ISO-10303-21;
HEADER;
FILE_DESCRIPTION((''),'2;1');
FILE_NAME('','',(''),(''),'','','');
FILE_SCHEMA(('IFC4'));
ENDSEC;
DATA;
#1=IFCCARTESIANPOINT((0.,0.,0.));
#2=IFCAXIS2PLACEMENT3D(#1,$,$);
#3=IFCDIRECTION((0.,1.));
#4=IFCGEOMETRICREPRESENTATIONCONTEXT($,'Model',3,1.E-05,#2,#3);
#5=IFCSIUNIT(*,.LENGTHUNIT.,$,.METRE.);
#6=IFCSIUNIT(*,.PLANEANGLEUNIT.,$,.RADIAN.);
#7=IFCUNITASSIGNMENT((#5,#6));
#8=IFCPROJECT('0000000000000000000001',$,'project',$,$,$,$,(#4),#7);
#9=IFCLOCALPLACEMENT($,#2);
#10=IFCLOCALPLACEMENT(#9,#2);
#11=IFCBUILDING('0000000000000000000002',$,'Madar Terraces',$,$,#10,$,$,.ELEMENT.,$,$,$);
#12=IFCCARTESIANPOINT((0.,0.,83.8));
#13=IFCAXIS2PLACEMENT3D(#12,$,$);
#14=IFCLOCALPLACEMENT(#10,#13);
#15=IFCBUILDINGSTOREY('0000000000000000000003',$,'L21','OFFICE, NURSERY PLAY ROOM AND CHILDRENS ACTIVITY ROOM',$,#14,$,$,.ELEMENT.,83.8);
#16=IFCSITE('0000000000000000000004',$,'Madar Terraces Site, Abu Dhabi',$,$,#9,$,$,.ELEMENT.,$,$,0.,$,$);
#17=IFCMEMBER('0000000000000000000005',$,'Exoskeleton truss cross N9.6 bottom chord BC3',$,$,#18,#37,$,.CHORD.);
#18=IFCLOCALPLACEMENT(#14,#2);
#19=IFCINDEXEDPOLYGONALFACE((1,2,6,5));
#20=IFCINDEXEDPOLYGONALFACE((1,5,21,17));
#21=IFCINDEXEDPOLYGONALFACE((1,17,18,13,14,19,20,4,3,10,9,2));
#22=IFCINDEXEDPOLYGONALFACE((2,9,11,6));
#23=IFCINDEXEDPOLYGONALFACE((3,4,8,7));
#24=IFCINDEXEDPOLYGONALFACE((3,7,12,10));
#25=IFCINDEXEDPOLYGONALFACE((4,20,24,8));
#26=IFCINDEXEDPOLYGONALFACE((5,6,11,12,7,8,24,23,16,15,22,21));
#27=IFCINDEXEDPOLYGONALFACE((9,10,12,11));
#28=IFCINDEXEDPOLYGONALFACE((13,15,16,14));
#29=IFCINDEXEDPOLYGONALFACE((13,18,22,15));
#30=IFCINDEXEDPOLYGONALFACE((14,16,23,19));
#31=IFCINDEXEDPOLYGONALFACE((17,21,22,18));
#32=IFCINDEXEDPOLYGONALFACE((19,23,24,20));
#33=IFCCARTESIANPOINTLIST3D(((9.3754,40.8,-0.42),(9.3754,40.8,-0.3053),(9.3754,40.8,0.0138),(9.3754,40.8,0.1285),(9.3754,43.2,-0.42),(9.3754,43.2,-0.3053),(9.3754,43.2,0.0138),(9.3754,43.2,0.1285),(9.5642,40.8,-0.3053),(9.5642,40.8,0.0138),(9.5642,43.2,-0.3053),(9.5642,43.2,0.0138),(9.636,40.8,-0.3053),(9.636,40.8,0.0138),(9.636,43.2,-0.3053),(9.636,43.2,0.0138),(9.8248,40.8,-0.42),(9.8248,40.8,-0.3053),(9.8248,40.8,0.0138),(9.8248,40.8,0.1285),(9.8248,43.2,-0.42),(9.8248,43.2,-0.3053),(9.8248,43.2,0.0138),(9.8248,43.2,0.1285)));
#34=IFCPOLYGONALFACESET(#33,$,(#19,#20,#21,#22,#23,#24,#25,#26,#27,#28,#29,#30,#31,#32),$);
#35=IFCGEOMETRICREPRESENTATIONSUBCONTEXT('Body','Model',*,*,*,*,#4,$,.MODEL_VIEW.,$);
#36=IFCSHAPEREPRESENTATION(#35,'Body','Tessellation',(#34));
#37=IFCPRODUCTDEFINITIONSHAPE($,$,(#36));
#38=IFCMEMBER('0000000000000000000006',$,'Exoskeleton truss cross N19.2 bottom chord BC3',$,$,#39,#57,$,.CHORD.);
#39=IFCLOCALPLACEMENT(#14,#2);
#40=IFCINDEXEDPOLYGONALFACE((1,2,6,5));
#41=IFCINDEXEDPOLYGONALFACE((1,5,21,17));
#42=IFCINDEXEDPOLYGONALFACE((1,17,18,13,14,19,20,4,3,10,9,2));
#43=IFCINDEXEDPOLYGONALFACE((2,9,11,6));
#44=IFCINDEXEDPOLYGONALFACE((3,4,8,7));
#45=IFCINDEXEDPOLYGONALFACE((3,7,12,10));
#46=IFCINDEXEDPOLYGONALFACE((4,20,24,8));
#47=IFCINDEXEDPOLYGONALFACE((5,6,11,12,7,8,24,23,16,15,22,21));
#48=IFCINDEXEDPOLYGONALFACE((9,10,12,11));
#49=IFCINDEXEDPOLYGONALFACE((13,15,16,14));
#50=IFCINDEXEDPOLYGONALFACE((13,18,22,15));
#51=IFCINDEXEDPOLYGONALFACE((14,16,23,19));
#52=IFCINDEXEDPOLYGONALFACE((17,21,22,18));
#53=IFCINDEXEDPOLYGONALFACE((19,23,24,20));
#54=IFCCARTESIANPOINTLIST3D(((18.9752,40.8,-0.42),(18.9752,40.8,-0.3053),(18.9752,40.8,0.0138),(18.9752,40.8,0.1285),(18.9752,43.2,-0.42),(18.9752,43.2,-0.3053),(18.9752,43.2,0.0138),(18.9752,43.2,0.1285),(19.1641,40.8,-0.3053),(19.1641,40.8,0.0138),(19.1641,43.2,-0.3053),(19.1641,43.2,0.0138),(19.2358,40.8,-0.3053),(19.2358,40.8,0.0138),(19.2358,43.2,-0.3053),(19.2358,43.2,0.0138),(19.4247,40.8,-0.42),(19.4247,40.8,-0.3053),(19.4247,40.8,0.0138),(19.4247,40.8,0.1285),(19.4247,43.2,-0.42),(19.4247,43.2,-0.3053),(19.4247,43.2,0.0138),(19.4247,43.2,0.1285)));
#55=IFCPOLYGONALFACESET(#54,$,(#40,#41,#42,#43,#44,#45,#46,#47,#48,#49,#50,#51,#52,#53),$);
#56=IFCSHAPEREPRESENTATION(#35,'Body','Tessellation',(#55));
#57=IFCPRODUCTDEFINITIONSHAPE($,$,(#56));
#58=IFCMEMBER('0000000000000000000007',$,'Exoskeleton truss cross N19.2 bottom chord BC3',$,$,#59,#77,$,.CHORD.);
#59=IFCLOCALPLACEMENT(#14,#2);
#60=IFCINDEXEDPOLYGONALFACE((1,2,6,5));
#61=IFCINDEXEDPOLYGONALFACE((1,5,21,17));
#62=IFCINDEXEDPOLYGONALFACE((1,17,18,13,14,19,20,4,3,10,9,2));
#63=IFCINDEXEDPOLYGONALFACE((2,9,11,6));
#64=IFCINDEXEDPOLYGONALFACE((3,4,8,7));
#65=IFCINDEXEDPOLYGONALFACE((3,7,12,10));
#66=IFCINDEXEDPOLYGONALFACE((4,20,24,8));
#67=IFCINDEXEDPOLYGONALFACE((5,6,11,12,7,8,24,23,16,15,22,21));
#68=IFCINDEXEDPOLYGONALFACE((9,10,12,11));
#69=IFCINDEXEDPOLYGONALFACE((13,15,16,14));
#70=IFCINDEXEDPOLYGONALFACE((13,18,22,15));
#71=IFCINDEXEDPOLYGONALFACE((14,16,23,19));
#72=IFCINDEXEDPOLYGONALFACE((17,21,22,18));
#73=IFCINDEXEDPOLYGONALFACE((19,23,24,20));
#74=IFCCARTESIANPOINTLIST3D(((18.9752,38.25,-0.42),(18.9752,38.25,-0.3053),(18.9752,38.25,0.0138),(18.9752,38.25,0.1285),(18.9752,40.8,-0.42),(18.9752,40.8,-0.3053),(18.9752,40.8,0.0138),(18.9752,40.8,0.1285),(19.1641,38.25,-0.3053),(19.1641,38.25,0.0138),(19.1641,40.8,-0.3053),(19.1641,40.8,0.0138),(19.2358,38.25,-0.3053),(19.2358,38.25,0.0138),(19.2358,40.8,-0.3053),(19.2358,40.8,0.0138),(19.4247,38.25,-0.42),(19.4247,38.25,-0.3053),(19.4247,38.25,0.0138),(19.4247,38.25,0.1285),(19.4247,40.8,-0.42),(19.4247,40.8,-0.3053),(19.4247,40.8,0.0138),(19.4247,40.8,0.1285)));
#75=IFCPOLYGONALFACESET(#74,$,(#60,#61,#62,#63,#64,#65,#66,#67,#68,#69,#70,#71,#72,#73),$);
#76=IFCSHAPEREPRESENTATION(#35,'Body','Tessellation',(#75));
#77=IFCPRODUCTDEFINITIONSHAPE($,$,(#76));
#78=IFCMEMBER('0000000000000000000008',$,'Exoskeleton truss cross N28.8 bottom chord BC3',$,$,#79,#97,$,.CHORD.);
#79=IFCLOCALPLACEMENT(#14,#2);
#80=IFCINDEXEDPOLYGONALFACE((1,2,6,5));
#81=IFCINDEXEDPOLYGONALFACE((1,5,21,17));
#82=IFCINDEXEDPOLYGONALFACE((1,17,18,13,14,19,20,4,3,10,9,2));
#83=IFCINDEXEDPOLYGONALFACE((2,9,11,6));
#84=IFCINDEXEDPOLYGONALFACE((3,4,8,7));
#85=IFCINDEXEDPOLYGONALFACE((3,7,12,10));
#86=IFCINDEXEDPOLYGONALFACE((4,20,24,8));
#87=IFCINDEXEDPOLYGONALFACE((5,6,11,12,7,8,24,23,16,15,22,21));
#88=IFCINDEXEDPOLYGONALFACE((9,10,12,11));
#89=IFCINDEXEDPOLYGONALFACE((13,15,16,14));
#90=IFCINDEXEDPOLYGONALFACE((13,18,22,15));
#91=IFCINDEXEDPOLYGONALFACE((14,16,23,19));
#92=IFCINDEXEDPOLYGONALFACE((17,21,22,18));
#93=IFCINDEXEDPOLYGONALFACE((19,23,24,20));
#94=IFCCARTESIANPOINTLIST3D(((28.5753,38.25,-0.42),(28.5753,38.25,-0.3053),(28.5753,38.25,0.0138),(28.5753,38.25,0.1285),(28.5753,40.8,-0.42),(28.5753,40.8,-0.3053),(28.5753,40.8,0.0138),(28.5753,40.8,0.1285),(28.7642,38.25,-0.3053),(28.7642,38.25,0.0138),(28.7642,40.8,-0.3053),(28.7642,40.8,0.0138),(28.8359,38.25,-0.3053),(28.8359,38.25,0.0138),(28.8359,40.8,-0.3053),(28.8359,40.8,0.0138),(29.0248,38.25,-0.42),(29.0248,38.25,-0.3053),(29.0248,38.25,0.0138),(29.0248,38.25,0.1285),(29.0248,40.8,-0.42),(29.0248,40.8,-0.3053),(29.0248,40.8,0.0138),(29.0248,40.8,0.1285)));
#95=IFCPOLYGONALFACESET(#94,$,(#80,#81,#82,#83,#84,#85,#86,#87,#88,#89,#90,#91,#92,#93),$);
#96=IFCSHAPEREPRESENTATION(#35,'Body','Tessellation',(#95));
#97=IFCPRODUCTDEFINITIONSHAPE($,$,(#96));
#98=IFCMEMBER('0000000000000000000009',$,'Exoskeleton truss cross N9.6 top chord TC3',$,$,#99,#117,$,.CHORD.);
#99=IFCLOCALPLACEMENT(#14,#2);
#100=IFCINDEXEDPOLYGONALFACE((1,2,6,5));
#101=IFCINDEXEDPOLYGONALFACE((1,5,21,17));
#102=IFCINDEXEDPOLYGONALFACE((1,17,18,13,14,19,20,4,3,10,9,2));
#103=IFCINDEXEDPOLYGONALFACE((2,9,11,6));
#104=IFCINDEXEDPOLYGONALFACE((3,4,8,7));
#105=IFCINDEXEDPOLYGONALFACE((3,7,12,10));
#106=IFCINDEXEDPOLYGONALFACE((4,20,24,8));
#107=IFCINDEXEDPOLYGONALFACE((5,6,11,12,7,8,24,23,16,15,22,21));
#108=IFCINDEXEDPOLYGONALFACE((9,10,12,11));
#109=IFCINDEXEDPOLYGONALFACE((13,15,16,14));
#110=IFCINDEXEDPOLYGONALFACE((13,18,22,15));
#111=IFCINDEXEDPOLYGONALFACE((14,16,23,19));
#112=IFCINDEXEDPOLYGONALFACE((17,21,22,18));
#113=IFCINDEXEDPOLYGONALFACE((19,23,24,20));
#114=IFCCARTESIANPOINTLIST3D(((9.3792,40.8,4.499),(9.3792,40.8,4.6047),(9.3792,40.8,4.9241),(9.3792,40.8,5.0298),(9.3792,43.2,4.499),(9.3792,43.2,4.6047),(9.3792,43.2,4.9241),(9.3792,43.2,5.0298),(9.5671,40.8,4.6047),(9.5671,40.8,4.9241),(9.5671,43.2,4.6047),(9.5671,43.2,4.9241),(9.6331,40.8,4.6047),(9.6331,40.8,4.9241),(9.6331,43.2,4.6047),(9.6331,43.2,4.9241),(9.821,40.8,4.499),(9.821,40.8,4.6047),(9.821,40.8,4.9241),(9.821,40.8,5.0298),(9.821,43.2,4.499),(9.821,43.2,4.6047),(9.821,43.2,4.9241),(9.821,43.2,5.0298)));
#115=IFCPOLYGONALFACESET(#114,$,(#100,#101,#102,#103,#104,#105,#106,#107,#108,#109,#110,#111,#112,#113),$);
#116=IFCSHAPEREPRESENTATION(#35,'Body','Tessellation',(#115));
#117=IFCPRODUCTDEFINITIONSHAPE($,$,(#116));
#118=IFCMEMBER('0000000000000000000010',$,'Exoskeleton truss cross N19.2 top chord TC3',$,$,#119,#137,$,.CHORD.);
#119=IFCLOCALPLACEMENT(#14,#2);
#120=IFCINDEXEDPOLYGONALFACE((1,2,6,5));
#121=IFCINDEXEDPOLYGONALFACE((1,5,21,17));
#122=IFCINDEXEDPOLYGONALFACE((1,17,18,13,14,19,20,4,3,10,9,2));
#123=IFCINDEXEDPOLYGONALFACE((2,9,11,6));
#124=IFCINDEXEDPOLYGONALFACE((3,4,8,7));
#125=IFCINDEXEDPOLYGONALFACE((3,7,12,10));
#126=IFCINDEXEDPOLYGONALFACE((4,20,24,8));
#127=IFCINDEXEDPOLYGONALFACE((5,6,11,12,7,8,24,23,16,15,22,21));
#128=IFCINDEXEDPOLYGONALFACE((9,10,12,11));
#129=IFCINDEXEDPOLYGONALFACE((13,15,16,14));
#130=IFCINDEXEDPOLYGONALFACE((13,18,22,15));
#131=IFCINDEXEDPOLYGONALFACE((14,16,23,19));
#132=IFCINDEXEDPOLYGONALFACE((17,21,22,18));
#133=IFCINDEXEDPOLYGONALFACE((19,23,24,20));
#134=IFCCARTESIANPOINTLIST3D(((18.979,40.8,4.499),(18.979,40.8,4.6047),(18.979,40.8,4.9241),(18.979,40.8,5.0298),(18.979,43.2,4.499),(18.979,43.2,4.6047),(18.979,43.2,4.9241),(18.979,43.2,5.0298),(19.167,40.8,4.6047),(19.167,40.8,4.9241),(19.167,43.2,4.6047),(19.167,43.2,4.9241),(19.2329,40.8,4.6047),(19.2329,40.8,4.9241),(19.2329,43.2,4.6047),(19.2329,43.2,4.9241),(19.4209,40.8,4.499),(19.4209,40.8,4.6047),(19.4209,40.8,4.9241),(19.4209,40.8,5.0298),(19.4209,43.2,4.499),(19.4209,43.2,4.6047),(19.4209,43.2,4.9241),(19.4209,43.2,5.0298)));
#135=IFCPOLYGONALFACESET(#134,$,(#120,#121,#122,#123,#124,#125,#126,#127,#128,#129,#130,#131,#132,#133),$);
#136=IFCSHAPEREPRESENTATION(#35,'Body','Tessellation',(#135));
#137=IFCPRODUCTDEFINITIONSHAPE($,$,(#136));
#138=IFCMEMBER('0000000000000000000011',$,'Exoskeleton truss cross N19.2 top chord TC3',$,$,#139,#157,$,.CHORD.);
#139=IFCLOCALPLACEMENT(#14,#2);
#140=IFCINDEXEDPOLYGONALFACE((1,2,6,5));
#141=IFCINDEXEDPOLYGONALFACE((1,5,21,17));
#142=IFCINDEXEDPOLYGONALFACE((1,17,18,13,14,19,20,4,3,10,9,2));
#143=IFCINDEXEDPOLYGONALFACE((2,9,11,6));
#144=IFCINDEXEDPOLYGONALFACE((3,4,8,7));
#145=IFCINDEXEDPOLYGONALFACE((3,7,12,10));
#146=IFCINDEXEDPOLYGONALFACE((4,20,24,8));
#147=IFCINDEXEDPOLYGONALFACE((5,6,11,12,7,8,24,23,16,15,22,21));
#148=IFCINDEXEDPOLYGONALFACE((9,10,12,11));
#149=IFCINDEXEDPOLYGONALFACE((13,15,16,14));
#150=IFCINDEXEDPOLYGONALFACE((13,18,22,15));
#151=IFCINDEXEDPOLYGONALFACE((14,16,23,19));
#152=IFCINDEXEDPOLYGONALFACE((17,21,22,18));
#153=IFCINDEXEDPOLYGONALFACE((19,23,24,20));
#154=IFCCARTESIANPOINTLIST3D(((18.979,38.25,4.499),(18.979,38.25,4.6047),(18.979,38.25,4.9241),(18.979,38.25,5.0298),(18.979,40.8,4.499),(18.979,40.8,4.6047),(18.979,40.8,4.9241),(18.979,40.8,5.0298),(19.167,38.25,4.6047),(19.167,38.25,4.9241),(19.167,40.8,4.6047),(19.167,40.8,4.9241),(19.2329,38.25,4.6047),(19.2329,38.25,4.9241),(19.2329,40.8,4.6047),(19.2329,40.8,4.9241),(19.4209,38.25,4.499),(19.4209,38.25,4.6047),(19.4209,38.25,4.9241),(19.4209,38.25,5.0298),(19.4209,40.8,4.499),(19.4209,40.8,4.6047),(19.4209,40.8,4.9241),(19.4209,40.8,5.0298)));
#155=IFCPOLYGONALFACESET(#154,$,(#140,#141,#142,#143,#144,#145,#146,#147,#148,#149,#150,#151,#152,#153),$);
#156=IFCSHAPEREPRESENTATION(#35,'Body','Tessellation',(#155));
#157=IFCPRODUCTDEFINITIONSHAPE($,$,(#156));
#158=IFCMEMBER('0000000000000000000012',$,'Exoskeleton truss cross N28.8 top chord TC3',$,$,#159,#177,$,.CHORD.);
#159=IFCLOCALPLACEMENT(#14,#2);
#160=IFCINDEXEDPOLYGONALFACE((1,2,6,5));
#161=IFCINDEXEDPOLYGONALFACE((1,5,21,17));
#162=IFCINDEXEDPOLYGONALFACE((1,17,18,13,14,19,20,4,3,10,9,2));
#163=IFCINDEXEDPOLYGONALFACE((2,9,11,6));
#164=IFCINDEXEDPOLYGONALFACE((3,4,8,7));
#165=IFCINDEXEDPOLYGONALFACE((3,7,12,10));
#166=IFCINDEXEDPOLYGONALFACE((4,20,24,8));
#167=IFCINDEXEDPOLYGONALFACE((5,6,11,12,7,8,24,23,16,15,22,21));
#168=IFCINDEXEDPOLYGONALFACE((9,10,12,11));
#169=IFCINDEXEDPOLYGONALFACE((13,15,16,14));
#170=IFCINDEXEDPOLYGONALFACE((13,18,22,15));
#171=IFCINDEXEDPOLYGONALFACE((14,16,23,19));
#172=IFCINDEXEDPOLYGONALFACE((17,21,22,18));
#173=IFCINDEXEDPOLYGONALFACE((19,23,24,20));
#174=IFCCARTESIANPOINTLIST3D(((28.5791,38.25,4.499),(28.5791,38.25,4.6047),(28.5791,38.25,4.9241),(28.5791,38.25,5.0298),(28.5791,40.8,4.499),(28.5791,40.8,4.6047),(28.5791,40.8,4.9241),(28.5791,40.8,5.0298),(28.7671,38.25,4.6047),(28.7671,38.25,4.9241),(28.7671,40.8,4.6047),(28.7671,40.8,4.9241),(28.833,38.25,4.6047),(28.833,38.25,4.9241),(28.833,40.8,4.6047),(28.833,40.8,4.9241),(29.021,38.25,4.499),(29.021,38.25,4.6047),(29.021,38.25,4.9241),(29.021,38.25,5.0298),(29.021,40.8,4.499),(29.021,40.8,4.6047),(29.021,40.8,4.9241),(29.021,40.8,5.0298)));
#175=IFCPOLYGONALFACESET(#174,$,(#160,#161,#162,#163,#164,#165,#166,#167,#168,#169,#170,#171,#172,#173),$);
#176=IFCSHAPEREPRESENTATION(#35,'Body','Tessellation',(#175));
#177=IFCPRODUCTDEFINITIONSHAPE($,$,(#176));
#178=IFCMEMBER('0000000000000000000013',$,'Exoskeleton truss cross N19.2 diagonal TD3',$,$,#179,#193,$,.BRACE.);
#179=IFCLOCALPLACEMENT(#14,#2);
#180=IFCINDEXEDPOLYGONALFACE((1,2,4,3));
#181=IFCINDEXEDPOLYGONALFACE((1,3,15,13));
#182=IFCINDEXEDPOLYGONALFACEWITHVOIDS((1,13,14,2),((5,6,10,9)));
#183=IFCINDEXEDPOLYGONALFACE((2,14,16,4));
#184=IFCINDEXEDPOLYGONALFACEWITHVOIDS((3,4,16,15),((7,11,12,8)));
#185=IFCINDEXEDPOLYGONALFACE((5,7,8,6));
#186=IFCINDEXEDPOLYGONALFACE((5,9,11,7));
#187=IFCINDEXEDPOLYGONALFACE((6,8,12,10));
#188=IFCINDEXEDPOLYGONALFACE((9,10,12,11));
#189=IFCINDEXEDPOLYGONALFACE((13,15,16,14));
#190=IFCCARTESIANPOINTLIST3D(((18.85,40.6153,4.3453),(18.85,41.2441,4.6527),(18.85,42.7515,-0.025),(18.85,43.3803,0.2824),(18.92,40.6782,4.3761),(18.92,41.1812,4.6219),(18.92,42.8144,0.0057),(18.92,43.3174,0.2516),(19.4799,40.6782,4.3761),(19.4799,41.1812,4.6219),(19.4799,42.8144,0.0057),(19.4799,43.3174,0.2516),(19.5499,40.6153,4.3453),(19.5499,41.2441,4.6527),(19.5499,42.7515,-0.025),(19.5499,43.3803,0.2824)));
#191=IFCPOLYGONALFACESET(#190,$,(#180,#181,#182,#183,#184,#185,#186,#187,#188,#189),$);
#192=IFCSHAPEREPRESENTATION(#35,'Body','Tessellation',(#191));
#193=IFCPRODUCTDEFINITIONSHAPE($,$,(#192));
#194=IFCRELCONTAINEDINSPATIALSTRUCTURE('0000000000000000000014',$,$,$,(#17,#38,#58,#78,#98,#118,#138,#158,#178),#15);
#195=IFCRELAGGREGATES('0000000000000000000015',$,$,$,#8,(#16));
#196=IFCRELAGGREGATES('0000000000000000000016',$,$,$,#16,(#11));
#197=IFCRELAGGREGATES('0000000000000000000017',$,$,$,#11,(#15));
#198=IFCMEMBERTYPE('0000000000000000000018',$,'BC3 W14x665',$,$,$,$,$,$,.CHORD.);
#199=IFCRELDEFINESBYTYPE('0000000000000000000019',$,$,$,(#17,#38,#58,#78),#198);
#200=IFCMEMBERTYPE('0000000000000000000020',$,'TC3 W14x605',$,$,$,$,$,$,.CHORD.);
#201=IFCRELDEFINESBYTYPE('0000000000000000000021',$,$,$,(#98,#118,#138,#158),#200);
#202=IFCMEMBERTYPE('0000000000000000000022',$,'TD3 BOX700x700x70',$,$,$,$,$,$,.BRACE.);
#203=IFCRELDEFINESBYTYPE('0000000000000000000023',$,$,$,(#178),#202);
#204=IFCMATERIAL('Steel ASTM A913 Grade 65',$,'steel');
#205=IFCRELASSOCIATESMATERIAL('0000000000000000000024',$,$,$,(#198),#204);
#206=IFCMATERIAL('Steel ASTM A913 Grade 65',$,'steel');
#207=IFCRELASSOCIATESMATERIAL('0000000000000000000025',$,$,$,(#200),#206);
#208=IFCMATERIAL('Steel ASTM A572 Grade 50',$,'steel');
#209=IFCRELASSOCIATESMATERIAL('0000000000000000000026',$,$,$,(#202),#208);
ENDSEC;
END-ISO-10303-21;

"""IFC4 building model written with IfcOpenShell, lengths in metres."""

from ifc_helpers import new_model, si_unit, direction, frame, origin, origin_2d, place, context, subcontext, project, spatial, hollow_rectangle, i_section, extrude, material, material_profile, profile_set, type_object, element, save


model = new_model("IFC4")

# Units and contexts
model_context = context("Model", 3, precision=1e-05, world=origin(), true_north=direction((0.0, 1.0)))
body_context = subcontext(model_context, "Body", "Model", "MODEL_VIEW")
ifc_project = project(units=[si_unit("LENGTHUNIT", "METRE"), si_unit("PLANEANGLEUNIT", "RADIAN")], contexts=[model_context])

# Site, building, storey
site_placement = place(None, origin())
site = spatial("IfcSite", under=ifc_project, at=site_placement, Name="Madar Terraces Site, Abu Dhabi", CompositionType="ELEMENT", RefElevation=0.0)
building_placement = place(site_placement, origin())
building = spatial("IfcBuilding", under=site, at=building_placement, Name="Madar Terraces", CompositionType="ELEMENT")
storey_placement = place(building_placement, frame((0.0, 0.0, 83.8)))
storey = spatial("IfcBuildingStorey", under=building, at=storey_placement, Name="L21", Description="OFFICE, NURSERY PLAY ROOM AND CHILDRENS ACTIVITY ROOM", CompositionType="ELEMENT", Elevation=83.8)

# Members
ifc_material_1 = material(Name="Steel ASTM A913 Grade 65", Category="steel")
ifc_material_profile_1 = material_profile(ifc_material_1, i_section(OverallWidth=0.4495, OverallDepth=0.5486, WebThickness=0.0718, FlangeThickness=0.1147, at=origin_2d()), Name="W14x665")
ifc_profile_set_1 = profile_set([ifc_material_profile_1], Name="Steel ASTM A913 Grade 65")
member_type_1 = type_object("IfcMemberType", Name="BC3 W14x665", PredefinedType="CHORD", material=ifc_profile_set_1)
for number, where, z_axis, x_axis, name in (
    (1, (9.6001, 43.2, -0.1458), (0.0, -1.0, 0.0), (1.0, 0.0, 0.0), "Exoskeleton truss cross N9.6 bottom chord BC3"),
    (2, (19.2, 43.2, -0.1458), (0.0, -1.0, 0.0), (1.0, 0.0, 0.0), "Exoskeleton truss cross N19.2 bottom chord BC3"),
):
    element("IfcMember", number, at=place(storey_placement, frame(where, z_axis=z_axis, x_axis=x_axis)), inside=storey, type_object=member_type_1, Name=name, PredefinedType="CHORD", context=body_context, shape_type="SweptSolid", body=[
        extrude(i_section(OverallWidth=0.4495, OverallDepth=0.5486, WebThickness=0.0718, FlangeThickness=0.1147, at=origin_2d()), origin(), (0.0, 0.0, 1.0), 2.3999),
    ])
for number, where, z_axis, x_axis, name in (
    (3, (19.2, 40.8, -0.1458), (0.0, -1.0, 0.0), (1.0, 0.0, 0.0), "Exoskeleton truss cross N19.2 bottom chord BC3"),
    (4, (28.8, 40.8, -0.1458), (0.0, -1.0, 0.0), (1.0, 0.0, 0.0), "Exoskeleton truss cross N28.8 bottom chord BC3"),
):
    element("IfcMember", number, at=place(storey_placement, frame(where, z_axis=z_axis, x_axis=x_axis)), inside=storey, type_object=member_type_1, Name=name, PredefinedType="CHORD", context=body_context, shape_type="SweptSolid", body=[
        extrude(i_section(OverallWidth=0.4495, OverallDepth=0.5486, WebThickness=0.0718, FlangeThickness=0.1147, at=origin_2d()), origin(), (0.0, 0.0, 1.0), 2.55),
    ])
ifc_material_2 = material(Name="Steel ASTM A913 Grade 65", Category="steel")
ifc_material_profile_2 = material_profile(ifc_material_2, i_section(OverallWidth=0.4419, OverallDepth=0.5308, WebThickness=0.0659, FlangeThickness=0.1057, at=origin_2d()), Name="W14x605")
ifc_profile_set_2 = profile_set([ifc_material_profile_2], Name="Steel ASTM A913 Grade 65")
member_type_2 = type_object("IfcMemberType", Name="TC3 W14x605", PredefinedType="CHORD", material=ifc_profile_set_2)
for number, where, z_axis, x_axis, name in (
    (5, (9.6001, 43.2, 4.7644), (0.0, -1.0, 0.0), (1.0, 0.0, 0.0), "Exoskeleton truss cross N9.6 top chord TC3"),
    (6, (19.2, 43.2, 4.7644), (0.0, -1.0, 0.0), (1.0, 0.0, 0.0), "Exoskeleton truss cross N19.2 top chord TC3"),
):
    element("IfcMember", number, at=place(storey_placement, frame(where, z_axis=z_axis, x_axis=x_axis)), inside=storey, type_object=member_type_2, Name=name, PredefinedType="CHORD", context=body_context, shape_type="SweptSolid", body=[
        extrude(i_section(OverallWidth=0.4419, OverallDepth=0.5308, WebThickness=0.0659, FlangeThickness=0.1057, at=origin_2d()), origin(), (0.0, 0.0, 1.0), 2.3999),
    ])
for number, where, z_axis, x_axis, name in (
    (7, (19.2, 40.8, 4.7644), (0.0, -1.0, 0.0), (1.0, 0.0, 0.0), "Exoskeleton truss cross N19.2 top chord TC3"),
    (8, (28.8, 40.8, 4.7644), (0.0, -1.0, 0.0), (1.0, 0.0, 0.0), "Exoskeleton truss cross N28.8 top chord TC3"),
):
    element("IfcMember", number, at=place(storey_placement, frame(where, z_axis=z_axis, x_axis=x_axis)), inside=storey, type_object=member_type_2, Name=name, PredefinedType="CHORD", context=body_context, shape_type="SweptSolid", body=[
        extrude(i_section(OverallWidth=0.4419, OverallDepth=0.5308, WebThickness=0.0659, FlangeThickness=0.1057, at=origin_2d()), origin(), (0.0, 0.0, 1.0), 2.55),
    ])
ifc_material_3 = material(Name="Steel ASTM A572 Grade 50", Category="steel")
ifc_material_profile_3 = material_profile(ifc_material_3, hollow_rectangle(XDim=0.7, YDim=0.7, WallThickness=0.0701, at=origin_2d()), Name="BOX700x700x70")
ifc_profile_set_3 = profile_set([ifc_material_profile_3], Name="Steel ASTM A572 Grade 50")
member_type_3 = type_object("IfcMemberType", Name="TD3 BOX700x700x70", PredefinedType="BRACE", material=ifc_profile_set_3)
for number, where, z_axis, x_axis, name in (
    (9, (19.2, 43.0659, 0.1287), (0.0, -0.439145, 0.898416), (1.0, 0.0, 0.0), "Exoskeleton truss cross N19.2 diagonal TD3"),
):
    element("IfcMember", number, at=place(storey_placement, frame(where, z_axis=z_axis, x_axis=x_axis)), inside=storey, type_object=member_type_3, Name=name, PredefinedType="BRACE", context=body_context, shape_type="SweptSolid", body=[
        extrude(hollow_rectangle(XDim=0.7, YDim=0.7, WallThickness=0.0701, at=origin_2d()), origin(), (0.0, 0.0, 1.0), 4.8645),
    ])

save(model, "model.ifc")
